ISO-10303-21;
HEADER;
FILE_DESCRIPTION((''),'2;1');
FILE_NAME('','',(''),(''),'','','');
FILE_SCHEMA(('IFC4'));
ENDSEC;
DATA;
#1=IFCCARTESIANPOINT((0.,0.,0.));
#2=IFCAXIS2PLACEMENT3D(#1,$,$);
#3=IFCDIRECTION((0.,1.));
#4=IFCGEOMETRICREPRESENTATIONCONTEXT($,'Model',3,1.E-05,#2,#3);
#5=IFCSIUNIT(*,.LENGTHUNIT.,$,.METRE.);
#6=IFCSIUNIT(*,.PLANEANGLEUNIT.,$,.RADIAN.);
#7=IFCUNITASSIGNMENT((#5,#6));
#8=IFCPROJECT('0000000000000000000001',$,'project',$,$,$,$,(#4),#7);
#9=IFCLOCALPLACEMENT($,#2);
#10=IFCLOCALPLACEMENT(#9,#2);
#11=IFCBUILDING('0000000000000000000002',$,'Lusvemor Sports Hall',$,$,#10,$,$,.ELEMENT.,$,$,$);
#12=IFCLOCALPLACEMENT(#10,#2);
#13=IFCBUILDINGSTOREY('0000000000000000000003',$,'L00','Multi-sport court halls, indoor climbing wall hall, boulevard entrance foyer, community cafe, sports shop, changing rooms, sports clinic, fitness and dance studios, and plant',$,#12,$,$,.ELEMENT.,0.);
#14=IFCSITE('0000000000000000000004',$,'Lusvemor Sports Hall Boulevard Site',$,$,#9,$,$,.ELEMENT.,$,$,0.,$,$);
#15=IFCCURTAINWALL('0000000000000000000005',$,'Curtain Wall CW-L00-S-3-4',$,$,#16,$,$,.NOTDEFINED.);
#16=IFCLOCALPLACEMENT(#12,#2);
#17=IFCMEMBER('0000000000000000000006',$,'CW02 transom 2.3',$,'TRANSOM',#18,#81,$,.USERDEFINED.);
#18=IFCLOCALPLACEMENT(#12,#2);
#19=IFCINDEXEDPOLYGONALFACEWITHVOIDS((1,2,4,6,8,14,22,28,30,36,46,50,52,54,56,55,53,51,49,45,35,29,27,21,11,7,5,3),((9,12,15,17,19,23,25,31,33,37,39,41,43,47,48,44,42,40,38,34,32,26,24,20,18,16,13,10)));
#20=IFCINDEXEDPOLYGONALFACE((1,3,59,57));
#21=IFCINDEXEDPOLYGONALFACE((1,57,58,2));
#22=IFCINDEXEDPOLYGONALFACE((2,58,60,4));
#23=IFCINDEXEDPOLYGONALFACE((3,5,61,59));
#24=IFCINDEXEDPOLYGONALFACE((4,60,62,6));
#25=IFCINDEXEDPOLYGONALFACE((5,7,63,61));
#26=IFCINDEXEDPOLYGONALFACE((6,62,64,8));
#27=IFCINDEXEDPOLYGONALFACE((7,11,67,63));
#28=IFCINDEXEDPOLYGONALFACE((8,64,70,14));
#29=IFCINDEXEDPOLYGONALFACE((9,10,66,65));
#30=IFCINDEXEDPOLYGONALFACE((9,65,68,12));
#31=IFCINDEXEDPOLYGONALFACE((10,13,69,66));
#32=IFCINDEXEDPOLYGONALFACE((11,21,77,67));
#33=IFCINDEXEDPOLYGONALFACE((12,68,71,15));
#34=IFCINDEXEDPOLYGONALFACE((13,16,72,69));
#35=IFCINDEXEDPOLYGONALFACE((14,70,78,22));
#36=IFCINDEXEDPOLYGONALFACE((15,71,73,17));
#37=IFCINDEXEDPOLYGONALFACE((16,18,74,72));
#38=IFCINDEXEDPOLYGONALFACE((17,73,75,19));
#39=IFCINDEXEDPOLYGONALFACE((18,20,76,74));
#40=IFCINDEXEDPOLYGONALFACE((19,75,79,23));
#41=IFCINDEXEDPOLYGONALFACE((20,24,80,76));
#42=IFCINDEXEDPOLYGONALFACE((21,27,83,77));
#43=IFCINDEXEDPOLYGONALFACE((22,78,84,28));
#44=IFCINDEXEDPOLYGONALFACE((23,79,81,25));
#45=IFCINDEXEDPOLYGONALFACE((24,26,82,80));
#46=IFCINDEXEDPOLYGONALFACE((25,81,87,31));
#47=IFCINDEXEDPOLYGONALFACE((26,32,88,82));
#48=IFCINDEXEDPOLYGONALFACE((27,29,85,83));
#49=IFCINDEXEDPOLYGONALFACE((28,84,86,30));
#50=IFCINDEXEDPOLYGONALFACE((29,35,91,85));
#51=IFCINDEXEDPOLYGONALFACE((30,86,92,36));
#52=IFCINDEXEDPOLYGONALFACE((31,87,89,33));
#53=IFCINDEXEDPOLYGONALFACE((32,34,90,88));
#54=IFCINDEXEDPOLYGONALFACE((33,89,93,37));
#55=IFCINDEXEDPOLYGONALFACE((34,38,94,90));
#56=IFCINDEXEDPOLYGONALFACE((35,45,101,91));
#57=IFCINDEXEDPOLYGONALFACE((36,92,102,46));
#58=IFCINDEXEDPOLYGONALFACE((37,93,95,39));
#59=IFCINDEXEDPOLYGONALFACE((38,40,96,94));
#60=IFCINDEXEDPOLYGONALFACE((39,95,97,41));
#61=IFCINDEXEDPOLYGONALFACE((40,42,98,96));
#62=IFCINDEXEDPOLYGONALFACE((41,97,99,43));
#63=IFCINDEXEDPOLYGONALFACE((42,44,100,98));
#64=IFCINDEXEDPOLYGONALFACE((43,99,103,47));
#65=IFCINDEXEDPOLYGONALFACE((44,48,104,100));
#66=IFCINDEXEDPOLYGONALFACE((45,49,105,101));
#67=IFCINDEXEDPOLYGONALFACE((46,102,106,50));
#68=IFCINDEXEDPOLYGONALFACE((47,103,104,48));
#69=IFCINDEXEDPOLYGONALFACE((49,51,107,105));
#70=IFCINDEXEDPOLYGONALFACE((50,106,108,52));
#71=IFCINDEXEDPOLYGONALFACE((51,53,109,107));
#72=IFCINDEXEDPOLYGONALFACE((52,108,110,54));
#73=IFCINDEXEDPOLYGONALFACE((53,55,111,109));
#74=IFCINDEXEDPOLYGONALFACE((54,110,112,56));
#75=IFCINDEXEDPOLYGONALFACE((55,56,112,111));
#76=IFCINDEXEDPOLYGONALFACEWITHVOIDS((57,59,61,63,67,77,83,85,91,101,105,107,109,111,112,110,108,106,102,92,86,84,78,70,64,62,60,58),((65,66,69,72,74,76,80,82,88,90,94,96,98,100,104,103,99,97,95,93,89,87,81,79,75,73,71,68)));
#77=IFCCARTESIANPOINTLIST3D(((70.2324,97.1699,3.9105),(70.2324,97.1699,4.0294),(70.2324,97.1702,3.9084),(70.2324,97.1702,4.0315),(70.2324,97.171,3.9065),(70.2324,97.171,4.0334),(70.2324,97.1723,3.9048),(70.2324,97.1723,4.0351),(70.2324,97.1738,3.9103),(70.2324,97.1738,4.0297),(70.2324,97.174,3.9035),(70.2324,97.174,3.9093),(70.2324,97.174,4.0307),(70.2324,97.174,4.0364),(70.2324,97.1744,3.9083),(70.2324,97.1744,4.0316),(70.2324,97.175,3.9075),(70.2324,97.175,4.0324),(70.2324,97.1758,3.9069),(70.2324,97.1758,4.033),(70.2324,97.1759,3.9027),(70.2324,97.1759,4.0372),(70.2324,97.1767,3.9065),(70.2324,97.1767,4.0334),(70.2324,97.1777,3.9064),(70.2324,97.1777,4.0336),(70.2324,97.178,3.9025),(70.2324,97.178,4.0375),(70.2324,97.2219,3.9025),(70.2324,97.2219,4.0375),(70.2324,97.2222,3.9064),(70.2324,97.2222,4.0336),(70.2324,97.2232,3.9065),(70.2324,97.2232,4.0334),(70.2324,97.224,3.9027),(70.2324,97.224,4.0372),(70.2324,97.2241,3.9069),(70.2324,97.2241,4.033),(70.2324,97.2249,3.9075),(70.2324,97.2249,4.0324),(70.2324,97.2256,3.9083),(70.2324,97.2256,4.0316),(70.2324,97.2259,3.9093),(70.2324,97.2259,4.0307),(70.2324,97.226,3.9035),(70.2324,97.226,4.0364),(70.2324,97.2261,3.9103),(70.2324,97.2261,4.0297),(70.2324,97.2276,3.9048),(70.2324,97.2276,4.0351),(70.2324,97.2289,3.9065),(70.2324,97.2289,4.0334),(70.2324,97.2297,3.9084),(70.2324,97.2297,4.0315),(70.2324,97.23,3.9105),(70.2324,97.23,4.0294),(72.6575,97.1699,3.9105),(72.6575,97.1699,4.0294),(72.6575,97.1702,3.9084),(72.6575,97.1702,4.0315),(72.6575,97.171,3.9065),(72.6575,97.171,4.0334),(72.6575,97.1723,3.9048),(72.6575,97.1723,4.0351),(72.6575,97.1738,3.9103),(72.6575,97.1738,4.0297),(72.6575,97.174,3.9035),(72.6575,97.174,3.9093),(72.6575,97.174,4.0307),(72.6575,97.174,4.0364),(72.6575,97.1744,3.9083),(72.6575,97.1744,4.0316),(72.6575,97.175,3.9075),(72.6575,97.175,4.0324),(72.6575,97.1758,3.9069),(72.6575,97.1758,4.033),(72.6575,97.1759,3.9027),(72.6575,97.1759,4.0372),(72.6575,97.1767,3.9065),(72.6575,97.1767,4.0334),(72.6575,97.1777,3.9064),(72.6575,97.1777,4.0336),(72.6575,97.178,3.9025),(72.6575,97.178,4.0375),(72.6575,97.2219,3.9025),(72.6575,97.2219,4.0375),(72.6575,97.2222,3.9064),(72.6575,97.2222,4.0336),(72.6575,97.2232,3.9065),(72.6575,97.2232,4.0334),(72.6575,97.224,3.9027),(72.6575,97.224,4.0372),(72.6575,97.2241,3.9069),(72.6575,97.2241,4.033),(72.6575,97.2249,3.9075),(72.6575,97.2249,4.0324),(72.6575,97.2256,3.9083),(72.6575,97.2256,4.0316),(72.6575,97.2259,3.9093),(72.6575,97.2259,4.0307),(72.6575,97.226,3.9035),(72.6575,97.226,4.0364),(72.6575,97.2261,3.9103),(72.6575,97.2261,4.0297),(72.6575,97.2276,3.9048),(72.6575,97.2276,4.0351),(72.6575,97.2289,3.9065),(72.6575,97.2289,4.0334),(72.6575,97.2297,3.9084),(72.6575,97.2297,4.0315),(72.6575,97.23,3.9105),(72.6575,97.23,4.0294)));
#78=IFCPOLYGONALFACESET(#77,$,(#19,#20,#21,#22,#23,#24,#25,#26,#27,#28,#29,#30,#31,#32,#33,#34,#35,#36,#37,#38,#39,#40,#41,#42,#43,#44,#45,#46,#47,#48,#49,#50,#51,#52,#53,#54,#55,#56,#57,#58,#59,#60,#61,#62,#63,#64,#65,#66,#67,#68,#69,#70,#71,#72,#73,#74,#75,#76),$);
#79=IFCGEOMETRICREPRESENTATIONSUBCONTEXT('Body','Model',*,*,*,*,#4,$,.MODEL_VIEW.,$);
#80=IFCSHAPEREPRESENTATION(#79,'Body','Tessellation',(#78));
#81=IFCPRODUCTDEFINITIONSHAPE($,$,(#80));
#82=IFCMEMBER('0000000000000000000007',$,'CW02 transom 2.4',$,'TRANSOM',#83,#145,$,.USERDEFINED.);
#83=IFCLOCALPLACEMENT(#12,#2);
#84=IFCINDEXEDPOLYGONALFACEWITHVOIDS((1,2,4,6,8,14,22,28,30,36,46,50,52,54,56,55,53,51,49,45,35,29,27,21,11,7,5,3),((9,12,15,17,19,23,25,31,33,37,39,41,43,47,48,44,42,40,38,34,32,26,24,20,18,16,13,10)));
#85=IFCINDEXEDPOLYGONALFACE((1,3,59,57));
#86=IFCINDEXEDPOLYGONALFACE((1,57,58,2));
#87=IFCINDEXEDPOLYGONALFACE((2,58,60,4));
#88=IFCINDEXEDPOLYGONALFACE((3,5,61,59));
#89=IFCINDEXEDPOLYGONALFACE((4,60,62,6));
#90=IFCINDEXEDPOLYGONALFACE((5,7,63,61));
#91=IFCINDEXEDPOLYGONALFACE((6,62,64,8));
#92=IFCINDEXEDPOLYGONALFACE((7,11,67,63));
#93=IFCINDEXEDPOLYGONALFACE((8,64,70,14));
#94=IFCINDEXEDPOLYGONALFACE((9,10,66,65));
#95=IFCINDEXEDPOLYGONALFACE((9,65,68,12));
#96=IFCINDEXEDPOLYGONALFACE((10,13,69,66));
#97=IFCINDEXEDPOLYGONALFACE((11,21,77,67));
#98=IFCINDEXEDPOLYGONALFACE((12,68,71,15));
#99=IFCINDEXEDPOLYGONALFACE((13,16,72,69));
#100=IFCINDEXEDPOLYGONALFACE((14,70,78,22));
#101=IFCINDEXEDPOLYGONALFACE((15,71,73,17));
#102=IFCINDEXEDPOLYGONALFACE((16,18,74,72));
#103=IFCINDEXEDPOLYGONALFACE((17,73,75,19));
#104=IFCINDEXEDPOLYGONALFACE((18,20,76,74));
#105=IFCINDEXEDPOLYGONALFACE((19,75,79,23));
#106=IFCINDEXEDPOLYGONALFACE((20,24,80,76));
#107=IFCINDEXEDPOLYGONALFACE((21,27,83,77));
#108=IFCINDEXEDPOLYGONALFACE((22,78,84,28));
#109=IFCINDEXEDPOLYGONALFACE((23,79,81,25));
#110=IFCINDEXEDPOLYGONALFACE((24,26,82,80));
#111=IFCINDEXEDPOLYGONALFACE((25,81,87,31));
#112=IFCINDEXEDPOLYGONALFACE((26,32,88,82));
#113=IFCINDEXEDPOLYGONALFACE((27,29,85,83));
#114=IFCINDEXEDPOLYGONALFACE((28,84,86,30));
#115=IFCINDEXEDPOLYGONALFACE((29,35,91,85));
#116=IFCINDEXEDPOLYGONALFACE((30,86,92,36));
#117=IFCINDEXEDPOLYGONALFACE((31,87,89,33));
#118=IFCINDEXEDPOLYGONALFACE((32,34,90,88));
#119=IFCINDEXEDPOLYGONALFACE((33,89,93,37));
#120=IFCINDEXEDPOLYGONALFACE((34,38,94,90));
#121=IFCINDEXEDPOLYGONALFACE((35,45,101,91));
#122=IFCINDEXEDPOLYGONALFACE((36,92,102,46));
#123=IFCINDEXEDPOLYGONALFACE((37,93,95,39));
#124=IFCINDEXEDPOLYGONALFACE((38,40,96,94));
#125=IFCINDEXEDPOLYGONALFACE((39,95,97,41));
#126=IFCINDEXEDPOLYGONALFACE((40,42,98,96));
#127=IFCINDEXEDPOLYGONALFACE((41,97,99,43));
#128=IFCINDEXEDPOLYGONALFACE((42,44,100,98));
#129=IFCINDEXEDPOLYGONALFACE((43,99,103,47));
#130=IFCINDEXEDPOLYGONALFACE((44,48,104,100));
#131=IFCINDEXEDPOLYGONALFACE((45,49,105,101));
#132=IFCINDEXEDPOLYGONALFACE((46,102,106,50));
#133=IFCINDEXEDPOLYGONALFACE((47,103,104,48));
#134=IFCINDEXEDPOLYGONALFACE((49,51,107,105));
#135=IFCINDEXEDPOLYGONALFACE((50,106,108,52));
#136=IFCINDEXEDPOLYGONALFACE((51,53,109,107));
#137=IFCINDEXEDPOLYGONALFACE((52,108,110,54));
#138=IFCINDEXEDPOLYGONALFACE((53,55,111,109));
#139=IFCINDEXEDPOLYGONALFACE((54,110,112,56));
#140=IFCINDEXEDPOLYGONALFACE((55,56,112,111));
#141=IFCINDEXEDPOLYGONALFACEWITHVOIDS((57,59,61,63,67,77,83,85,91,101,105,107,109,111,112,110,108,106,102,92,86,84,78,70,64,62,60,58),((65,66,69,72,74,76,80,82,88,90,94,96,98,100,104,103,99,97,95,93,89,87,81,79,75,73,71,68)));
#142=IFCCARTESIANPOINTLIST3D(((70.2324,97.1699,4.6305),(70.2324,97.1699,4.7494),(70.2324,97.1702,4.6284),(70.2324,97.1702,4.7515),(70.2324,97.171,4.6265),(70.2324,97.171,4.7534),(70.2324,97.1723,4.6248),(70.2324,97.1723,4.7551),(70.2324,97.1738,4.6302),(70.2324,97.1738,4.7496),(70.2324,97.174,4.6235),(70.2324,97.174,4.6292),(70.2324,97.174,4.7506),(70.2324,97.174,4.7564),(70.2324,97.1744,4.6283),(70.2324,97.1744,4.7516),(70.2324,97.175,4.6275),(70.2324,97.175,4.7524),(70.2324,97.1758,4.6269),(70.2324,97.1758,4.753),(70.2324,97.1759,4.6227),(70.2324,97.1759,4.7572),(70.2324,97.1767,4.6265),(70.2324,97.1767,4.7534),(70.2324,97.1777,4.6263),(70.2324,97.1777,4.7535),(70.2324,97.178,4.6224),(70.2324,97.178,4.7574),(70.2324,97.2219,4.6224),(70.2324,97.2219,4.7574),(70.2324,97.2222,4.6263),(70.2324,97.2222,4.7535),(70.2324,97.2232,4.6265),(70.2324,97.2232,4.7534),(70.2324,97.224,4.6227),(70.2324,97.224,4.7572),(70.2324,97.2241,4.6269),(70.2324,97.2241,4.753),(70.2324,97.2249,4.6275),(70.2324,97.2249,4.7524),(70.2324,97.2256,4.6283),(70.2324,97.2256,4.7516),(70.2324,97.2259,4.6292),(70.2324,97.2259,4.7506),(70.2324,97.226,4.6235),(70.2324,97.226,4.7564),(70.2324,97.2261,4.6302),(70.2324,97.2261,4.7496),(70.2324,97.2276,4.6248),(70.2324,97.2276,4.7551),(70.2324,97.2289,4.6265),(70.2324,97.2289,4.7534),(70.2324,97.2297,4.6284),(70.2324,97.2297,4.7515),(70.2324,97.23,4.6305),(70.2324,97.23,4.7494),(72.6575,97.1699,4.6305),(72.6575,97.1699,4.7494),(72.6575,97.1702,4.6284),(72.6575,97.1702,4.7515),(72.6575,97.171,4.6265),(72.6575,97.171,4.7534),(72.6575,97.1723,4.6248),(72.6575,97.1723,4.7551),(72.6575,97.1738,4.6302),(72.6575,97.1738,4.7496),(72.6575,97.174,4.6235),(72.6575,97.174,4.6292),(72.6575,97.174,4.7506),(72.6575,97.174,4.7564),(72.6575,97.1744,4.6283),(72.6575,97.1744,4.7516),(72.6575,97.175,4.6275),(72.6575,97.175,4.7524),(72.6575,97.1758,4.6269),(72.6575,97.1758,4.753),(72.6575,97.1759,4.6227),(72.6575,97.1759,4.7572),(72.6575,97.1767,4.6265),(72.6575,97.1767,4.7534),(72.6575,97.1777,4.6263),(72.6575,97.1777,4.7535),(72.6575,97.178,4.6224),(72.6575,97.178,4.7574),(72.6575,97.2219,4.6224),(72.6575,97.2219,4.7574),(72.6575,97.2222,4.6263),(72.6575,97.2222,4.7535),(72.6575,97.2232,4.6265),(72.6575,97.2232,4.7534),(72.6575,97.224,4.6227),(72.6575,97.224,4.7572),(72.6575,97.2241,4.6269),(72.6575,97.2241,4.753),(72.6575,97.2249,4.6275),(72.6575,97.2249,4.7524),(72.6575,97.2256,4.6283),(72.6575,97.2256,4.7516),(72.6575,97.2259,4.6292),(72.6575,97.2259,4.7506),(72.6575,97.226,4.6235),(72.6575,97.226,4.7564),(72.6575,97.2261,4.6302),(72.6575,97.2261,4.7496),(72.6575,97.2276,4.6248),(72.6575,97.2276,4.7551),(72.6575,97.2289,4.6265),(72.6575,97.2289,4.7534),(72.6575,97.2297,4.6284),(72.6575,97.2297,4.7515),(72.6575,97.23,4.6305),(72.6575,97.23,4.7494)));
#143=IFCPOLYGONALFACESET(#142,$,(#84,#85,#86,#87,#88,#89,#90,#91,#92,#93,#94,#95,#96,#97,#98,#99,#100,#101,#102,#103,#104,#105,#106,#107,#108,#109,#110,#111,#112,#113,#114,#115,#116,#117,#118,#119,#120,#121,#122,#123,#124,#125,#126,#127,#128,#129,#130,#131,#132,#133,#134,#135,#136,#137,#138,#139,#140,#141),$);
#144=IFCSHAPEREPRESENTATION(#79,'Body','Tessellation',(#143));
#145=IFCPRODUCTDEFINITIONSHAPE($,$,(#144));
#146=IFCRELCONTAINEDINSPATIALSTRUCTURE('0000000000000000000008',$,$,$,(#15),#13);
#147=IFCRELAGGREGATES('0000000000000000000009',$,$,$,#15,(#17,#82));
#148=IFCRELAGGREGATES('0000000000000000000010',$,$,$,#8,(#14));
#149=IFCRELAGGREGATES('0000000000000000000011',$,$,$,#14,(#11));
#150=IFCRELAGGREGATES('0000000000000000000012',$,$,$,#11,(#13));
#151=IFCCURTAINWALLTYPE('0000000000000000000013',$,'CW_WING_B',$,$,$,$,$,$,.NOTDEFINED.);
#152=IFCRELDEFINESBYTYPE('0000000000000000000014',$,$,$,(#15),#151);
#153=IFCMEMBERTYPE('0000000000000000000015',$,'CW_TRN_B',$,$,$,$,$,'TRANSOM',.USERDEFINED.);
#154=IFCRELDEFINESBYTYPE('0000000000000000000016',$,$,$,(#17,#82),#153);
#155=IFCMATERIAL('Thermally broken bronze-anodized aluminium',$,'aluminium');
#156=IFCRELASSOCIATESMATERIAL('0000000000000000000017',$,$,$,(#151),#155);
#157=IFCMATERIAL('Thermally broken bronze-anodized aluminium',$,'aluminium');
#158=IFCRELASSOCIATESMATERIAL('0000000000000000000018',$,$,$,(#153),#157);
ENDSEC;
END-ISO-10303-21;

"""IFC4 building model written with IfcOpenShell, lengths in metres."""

from ifc_helpers import new_model, si_unit, direction, frame, origin, origin_2d, place, context, subcontext, project, spatial, hollow_rectangle, extrude, material, material_profile, profile_set, type_object, element, aggregate, save


model = new_model("IFC4")

# Units and contexts
model_context = context("Model", 3, precision=1e-05, world=origin(), true_north=direction((0.0, 1.0)))
body_context = subcontext(model_context, "Body", "Model", "MODEL_VIEW")
ifc_project = project(units=[si_unit("LENGTHUNIT", "METRE"), si_unit("PLANEANGLEUNIT", "RADIAN")], contexts=[model_context])

# Site, building, storey
site_placement = place(None, origin())
site = spatial("IfcSite", under=ifc_project, at=site_placement, Name="Lusvemor Sports Hall Boulevard Site", CompositionType="ELEMENT", RefElevation=0.0)
building_placement = place(site_placement, origin())
building = spatial("IfcBuilding", under=site, at=building_placement, Name="Lusvemor Sports Hall", CompositionType="ELEMENT")
storey_placement = place(building_placement, origin())
storey = spatial("IfcBuildingStorey", under=building, at=storey_placement, Name="L00", Description="Multi-sport court halls, indoor climbing wall hall, boulevard entrance foyer, community cafe, sports shop, changing rooms, sports clinic, fitness and dance studios, and plant", CompositionType="ELEMENT", Elevation=0.0)

# Curtain wall, members
ifc_material_1 = material(Name="Thermally broken bronze-anodized aluminium", Category="aluminium")
curtain_wall_type = type_object("IfcCurtainWallType", Name="CW_WING_B", PredefinedType="NOTDEFINED", material=ifc_material_1)
curtain_wall_placement = place(storey_placement, origin())
curtain_wall = element("IfcCurtainWall", 1, at=curtain_wall_placement, inside=storey, type_object=curtain_wall_type, Name="Curtain Wall CW-L00-S-3-4", PredefinedType="NOTDEFINED")
ifc_material_2 = material(Name="Thermally broken bronze-anodized aluminium", Category="aluminium")
ifc_material_profile_1 = material_profile(ifc_material_2, hollow_rectangle(XDim=0.0601, YDim=0.135, WallThickness=0.0039, InnerFilletRadius=0.0039, OuterFilletRadius=0.0081, at=origin_2d()), Name="CWTRN135x60x4")
ifc_profile_set_1 = profile_set([ifc_material_profile_1], Name="Thermally broken bronze-anodized aluminium")
member_type_1 = type_object("IfcMemberType", Name="CW_TRN_B", ElementType="TRANSOM", PredefinedType="USERDEFINED", material=ifc_profile_set_1)
member_1_placement = place(storey_placement, frame((72.6575, 97.2, 3.97), z_axis=(-1.0, 0.0, 0.0), x_axis=(0.0, -1.0, 0.0)))
member_1 = element("IfcMember", 2, at=member_1_placement, type_object=member_type_1, Name="CW02 transom 2.3", ObjectType="TRANSOM", PredefinedType="USERDEFINED", context=body_context, shape_type="SweptSolid", body=[
    extrude(hollow_rectangle(XDim=0.0601, YDim=0.135, WallThickness=0.0039, InnerFilletRadius=0.0039, OuterFilletRadius=0.0081, at=origin_2d()), origin(), (0.0, 0.0, 1.0), 2.425),
])
member_2_placement = place(storey_placement, frame((72.6575, 97.2, 4.6899), z_axis=(-1.0, 0.0, 0.0), x_axis=(0.0, -1.0, 0.0)))
member_2 = element("IfcMember", 3, at=member_2_placement, type_object=member_type_1, Name="CW02 transom 2.4", ObjectType="TRANSOM", PredefinedType="USERDEFINED", context=body_context, shape_type="SweptSolid", body=[
    extrude(hollow_rectangle(XDim=0.0601, YDim=0.135, WallThickness=0.0039, InnerFilletRadius=0.0039, OuterFilletRadius=0.0081, at=origin_2d()), origin(), (0.0, 0.0, 1.0), 2.425),
])
aggregate(curtain_wall, [member_1, member_2])

save(model, "model.ifc")
